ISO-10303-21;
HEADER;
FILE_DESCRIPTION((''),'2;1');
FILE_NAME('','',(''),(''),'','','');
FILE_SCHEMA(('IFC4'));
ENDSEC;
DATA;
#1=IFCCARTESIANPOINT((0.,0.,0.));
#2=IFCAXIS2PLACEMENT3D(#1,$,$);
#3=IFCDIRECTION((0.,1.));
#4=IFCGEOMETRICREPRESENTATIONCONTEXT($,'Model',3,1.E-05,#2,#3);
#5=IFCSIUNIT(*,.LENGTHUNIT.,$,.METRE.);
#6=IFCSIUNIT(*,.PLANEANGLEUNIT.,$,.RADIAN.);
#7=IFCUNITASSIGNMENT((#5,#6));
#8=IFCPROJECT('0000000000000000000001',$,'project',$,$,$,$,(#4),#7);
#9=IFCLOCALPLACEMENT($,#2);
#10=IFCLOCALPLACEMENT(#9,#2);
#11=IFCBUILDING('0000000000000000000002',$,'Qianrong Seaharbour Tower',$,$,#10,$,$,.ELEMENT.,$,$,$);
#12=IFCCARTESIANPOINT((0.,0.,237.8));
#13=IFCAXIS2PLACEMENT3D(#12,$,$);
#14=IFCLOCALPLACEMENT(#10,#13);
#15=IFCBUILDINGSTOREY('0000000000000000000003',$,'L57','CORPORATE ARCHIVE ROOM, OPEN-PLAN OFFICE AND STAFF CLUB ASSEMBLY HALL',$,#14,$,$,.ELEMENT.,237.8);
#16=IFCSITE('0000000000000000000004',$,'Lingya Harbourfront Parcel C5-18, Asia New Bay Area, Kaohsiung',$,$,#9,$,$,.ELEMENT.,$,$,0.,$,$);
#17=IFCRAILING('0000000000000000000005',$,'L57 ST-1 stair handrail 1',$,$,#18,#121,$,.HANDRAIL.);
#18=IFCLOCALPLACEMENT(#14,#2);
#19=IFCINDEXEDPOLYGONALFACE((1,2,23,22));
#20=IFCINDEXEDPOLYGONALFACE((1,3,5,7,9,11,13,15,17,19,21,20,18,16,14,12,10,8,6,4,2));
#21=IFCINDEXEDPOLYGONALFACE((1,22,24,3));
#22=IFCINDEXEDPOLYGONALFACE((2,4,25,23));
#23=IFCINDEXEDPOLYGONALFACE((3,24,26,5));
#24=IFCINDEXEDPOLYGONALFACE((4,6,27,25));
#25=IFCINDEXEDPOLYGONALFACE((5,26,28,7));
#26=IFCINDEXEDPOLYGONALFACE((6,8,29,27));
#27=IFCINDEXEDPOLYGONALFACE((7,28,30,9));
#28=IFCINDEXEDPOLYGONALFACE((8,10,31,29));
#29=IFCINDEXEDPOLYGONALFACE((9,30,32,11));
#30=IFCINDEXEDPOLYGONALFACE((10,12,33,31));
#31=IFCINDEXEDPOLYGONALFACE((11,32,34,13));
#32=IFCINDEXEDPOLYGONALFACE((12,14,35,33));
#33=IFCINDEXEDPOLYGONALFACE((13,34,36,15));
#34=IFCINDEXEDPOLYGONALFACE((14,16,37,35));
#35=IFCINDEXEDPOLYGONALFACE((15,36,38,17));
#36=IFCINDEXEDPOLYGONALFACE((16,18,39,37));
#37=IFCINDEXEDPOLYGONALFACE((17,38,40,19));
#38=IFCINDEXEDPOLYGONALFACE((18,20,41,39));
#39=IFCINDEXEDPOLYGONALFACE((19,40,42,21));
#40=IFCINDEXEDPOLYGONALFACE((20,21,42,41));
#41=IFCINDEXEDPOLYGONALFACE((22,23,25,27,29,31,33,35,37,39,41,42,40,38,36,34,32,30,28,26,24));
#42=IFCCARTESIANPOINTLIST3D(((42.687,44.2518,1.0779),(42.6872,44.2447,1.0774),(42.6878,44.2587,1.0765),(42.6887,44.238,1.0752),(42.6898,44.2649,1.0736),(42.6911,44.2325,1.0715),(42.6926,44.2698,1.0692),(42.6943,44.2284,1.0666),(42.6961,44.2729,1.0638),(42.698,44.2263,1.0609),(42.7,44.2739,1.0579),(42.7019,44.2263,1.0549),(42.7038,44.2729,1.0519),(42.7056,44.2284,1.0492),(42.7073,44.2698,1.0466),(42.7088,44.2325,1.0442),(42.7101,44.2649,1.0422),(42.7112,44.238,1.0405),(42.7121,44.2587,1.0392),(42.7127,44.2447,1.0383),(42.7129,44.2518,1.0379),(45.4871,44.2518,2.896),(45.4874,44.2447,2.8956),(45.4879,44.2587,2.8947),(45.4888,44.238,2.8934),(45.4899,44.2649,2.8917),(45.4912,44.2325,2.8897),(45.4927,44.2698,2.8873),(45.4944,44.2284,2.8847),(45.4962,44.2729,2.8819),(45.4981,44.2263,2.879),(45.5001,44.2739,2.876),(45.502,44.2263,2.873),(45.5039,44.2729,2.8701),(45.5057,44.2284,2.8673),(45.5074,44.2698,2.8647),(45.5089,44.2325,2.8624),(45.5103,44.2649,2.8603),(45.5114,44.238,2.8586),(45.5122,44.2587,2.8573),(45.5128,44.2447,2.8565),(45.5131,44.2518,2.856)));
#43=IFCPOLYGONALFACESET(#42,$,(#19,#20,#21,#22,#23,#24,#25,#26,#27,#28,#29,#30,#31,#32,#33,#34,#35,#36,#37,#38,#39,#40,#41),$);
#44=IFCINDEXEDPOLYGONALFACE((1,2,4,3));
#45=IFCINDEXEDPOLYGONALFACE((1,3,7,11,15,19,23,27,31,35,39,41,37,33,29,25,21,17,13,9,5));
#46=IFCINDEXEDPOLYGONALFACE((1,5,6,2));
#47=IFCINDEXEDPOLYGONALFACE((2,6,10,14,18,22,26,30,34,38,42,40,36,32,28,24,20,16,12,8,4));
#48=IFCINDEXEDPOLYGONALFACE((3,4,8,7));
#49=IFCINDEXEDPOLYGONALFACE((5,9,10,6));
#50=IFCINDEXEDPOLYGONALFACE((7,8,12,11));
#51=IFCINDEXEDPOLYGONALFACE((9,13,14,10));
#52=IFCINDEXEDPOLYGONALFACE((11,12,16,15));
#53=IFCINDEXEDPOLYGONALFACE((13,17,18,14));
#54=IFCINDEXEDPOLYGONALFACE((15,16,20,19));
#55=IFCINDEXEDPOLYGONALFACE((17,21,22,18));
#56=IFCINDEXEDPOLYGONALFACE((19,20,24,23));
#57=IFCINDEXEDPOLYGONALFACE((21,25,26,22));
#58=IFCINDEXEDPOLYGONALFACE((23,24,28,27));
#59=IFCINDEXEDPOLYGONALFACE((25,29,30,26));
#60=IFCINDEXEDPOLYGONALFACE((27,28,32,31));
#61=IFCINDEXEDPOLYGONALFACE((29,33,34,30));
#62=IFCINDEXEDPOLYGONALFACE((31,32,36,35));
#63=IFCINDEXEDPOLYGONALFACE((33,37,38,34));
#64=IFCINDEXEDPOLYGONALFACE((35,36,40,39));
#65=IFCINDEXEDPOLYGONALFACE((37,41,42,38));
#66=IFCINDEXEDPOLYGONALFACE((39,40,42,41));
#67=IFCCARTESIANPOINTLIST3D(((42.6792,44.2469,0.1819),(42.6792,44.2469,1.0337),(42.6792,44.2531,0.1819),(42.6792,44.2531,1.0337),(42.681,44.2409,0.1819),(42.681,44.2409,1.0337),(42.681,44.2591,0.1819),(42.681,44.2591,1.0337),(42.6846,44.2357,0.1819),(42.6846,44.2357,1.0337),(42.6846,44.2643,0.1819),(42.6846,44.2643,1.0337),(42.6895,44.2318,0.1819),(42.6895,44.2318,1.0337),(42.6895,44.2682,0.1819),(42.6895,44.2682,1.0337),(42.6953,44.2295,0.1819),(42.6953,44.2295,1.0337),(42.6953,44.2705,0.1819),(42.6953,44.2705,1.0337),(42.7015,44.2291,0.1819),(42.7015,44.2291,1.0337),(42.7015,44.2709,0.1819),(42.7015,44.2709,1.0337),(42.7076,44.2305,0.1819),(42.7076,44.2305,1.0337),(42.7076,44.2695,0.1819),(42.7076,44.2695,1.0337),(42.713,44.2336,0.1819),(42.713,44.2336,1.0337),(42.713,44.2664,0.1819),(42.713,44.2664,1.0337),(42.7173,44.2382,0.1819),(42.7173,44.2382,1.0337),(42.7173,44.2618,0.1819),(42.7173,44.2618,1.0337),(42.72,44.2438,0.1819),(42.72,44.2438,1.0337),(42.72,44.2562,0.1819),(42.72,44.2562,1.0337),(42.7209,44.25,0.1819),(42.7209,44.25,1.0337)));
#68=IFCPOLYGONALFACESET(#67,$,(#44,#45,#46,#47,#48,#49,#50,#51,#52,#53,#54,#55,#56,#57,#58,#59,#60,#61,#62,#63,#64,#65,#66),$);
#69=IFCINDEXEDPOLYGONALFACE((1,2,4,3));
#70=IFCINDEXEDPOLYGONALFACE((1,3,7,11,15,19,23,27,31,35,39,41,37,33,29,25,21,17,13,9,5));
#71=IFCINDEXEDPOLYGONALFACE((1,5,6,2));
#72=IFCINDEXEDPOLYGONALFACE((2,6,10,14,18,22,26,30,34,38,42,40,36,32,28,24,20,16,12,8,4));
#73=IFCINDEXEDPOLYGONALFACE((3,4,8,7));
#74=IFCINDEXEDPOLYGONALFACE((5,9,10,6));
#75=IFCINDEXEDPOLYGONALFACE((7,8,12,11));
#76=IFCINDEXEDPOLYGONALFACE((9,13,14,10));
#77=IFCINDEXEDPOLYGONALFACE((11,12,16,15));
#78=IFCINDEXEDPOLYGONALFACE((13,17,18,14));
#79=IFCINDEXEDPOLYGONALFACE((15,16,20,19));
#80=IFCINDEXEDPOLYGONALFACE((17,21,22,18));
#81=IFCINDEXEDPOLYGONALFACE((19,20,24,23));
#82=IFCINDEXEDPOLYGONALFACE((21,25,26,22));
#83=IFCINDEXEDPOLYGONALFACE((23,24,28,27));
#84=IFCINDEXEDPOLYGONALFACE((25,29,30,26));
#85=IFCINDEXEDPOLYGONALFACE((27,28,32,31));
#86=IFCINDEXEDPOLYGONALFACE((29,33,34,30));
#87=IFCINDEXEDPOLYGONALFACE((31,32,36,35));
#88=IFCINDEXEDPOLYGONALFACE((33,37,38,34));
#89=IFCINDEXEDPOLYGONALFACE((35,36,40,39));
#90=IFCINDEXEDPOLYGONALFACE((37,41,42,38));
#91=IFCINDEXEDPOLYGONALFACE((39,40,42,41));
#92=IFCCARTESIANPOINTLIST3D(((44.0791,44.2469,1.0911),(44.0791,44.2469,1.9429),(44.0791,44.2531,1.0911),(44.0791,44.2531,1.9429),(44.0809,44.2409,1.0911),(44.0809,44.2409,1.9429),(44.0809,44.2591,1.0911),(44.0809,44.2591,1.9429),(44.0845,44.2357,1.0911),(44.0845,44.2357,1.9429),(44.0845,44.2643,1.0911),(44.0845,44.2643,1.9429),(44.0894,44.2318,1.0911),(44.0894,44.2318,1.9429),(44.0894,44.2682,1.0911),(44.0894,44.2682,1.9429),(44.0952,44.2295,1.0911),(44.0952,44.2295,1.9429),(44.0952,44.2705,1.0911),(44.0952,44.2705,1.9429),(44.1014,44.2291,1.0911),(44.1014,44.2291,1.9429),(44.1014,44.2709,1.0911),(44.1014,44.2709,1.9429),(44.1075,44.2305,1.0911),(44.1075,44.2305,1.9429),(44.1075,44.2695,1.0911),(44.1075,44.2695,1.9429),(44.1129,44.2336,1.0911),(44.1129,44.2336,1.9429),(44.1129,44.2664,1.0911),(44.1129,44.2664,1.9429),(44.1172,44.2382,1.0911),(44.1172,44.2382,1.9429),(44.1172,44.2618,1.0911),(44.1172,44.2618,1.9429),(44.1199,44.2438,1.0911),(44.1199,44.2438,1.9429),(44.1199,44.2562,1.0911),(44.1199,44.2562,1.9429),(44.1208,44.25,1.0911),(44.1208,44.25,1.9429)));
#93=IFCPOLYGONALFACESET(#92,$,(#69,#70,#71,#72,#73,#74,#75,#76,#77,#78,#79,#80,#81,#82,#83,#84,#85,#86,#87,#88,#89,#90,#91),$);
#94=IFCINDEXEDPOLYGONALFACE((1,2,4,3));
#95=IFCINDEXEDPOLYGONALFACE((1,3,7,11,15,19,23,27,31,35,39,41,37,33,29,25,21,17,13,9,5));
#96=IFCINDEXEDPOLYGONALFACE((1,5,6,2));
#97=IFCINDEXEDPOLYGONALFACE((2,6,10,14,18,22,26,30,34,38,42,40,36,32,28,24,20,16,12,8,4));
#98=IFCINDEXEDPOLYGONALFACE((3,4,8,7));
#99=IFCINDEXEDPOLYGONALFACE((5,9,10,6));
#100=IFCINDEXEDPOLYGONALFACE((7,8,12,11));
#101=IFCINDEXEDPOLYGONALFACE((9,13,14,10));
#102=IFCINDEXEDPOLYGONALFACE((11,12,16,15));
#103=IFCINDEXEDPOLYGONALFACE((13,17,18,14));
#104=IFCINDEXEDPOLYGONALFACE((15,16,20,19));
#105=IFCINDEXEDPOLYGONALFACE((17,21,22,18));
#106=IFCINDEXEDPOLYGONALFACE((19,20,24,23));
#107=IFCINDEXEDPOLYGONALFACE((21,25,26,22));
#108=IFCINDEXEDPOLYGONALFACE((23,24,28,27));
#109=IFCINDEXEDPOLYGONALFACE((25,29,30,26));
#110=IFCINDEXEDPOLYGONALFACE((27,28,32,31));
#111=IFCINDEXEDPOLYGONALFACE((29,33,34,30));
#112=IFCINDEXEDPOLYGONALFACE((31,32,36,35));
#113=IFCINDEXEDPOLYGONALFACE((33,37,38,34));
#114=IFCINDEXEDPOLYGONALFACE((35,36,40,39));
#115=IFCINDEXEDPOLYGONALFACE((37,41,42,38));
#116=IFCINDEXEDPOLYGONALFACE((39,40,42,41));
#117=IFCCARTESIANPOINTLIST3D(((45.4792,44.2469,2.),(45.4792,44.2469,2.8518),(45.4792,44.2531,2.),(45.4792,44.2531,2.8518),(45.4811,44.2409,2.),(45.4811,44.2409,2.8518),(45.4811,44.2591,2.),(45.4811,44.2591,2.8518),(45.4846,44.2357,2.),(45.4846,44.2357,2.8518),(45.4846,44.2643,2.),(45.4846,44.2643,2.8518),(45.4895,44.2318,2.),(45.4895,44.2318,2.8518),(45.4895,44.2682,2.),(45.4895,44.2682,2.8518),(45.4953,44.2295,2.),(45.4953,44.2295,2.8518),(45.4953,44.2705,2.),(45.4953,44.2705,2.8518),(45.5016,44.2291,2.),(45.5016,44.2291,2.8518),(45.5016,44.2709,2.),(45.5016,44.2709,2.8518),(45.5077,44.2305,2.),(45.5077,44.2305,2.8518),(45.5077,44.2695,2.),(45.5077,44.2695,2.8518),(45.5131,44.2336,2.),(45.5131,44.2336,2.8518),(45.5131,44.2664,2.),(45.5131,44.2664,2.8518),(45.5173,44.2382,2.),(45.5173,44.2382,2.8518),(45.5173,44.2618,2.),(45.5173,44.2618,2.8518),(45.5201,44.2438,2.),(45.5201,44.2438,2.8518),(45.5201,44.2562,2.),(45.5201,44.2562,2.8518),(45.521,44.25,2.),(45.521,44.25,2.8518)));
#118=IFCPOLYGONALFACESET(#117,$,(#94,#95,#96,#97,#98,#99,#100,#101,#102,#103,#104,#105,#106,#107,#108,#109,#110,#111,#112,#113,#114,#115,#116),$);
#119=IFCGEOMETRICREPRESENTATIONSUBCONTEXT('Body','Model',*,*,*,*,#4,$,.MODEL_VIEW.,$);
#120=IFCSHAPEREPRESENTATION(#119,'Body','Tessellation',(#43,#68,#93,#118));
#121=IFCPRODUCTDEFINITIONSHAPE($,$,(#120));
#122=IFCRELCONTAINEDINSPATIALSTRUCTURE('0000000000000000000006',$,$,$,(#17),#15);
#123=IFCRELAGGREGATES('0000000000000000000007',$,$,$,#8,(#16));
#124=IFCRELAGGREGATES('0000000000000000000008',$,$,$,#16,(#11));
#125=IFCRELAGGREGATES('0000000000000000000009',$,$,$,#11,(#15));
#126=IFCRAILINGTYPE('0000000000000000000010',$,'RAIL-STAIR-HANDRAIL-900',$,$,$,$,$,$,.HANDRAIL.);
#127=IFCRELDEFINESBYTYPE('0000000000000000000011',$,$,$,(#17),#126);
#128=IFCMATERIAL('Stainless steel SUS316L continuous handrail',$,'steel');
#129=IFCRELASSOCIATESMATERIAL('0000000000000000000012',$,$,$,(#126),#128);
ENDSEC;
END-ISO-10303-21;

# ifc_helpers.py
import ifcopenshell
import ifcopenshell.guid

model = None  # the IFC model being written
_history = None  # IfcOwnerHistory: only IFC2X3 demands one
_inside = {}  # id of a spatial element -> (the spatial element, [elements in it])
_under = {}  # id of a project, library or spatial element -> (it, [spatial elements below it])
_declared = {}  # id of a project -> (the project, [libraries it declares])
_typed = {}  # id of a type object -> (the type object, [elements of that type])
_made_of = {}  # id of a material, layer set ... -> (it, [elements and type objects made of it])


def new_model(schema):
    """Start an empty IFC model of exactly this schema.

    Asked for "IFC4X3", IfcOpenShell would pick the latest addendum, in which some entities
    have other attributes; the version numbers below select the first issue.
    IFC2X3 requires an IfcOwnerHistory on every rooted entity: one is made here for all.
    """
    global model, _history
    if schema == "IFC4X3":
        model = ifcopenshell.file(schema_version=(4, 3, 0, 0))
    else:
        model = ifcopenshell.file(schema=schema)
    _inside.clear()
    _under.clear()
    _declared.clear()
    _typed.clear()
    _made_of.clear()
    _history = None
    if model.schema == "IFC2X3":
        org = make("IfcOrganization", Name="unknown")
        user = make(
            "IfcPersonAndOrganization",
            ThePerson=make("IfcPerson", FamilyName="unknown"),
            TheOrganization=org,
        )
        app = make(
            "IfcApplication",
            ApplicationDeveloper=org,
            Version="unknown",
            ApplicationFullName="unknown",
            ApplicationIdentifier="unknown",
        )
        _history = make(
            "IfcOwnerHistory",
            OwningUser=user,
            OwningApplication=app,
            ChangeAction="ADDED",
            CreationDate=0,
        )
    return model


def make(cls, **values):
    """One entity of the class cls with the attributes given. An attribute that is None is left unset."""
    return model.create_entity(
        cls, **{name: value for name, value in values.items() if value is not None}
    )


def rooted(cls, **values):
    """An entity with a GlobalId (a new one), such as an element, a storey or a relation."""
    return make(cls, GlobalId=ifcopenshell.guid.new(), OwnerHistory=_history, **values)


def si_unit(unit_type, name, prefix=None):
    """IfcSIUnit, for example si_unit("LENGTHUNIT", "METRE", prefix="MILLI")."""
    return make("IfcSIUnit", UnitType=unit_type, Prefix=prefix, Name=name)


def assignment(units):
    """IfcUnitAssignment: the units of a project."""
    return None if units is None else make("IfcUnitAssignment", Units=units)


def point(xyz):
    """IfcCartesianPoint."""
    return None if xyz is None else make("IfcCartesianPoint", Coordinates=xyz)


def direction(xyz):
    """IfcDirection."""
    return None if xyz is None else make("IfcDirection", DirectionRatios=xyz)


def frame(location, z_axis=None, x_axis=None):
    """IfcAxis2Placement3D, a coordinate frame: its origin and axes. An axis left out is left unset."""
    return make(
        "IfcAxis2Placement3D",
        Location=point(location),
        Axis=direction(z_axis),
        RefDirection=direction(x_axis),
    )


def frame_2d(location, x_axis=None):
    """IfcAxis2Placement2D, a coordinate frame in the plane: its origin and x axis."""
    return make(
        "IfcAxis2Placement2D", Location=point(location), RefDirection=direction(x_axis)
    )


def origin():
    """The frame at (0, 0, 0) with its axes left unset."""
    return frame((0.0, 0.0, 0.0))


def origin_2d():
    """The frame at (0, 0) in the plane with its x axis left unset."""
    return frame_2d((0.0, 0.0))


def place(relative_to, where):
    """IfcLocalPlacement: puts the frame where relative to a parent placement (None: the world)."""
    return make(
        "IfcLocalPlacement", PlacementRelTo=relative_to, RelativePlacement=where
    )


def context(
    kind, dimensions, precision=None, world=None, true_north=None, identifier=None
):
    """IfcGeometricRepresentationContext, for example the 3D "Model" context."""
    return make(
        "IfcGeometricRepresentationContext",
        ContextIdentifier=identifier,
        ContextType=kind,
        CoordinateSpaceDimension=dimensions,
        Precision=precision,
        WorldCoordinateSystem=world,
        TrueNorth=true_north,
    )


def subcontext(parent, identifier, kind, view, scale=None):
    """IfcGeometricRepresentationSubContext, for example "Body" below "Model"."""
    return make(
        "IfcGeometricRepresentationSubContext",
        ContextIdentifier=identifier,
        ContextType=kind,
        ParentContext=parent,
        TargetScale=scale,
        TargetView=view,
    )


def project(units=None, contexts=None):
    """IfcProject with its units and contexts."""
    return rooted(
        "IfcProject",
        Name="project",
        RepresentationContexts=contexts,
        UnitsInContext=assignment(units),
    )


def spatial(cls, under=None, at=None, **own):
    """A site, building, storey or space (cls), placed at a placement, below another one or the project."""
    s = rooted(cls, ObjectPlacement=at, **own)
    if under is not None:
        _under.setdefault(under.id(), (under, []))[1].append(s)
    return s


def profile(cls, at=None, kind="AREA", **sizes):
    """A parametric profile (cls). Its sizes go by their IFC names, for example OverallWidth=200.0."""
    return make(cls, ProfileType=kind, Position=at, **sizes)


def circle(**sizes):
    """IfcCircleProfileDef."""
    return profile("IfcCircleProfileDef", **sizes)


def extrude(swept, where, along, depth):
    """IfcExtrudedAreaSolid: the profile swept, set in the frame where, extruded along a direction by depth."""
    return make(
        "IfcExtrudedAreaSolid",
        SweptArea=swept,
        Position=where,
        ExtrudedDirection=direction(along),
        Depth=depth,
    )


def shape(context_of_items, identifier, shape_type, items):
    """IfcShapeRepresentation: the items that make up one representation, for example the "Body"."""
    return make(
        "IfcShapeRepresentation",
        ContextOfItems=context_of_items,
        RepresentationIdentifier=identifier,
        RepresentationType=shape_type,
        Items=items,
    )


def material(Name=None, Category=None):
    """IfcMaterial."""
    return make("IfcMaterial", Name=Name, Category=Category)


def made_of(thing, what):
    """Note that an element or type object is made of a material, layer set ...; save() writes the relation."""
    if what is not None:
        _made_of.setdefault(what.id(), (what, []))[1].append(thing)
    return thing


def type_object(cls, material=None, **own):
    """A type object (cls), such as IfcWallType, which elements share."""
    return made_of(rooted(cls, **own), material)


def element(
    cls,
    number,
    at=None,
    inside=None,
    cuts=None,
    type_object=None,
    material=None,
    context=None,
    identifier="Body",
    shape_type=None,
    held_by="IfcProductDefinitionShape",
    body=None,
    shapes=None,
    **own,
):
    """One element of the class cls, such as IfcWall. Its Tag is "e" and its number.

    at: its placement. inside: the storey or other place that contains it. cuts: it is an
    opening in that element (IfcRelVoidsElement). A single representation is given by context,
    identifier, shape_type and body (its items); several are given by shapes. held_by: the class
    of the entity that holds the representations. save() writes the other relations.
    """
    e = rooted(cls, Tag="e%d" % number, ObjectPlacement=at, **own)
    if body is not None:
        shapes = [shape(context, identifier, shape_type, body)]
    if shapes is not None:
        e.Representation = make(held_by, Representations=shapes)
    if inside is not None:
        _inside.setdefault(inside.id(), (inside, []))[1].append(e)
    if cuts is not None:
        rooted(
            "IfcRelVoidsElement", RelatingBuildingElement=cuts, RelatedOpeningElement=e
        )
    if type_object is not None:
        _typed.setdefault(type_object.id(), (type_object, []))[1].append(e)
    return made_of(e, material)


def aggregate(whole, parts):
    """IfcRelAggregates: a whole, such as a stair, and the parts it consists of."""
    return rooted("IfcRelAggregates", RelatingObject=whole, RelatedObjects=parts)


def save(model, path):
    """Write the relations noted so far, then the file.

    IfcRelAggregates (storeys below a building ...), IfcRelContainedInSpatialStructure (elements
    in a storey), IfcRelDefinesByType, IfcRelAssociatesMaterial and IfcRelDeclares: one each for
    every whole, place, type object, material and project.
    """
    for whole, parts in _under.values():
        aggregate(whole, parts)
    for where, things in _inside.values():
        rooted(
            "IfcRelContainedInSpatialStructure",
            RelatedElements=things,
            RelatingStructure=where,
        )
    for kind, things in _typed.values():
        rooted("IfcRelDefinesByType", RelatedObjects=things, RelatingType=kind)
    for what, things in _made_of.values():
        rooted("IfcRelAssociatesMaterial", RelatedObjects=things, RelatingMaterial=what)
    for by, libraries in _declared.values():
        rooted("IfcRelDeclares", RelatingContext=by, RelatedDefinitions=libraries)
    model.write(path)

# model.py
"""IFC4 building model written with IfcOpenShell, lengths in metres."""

from ifc_helpers import new_model, si_unit, direction, frame, origin, origin_2d, place, context, subcontext, project, spatial, circle, extrude, material, type_object, element, save


model = new_model("IFC4")

# Units and contexts
model_context = context("Model", 3, precision=1e-05, world=origin(), true_north=direction((0.0, 1.0)))
body_context = subcontext(model_context, "Body", "Model", "MODEL_VIEW")
ifc_project = project(units=[si_unit("LENGTHUNIT", "METRE"), si_unit("PLANEANGLEUNIT", "RADIAN")], contexts=[model_context])

# Site, building, storey
site_placement = place(None, origin())
site = spatial("IfcSite", under=ifc_project, at=site_placement, Name="Lingya Harbourfront Parcel C5-18, Asia New Bay Area, Kaohsiung", CompositionType="ELEMENT", RefElevation=0.0)
building_placement = place(site_placement, origin())
building = spatial("IfcBuilding", under=site, at=building_placement, Name="Qianrong Seaharbour Tower", CompositionType="ELEMENT")
storey_placement = place(building_placement, frame((0.0, 0.0, 237.8)))
storey = spatial("IfcBuildingStorey", under=building, at=storey_placement, Name="L57", Description="CORPORATE ARCHIVE ROOM, OPEN-PLAN OFFICE AND STAFF CLUB ASSEMBLY HALL", CompositionType="ELEMENT", Elevation=237.8)

# Railing
ifc_material_1 = material(Name="Stainless steel SUS316L continuous handrail", Category="steel")
railing_type_1 = type_object("IfcRailingType", Name="RAIL-STAIR-HANDRAIL-900", PredefinedType="HANDRAIL", material=ifc_material_1)
railing_1_placement = place(storey_placement, frame((42.7, 44.25, 0.1819)))
element("IfcRailing", 1, at=railing_1_placement, inside=storey, type_object=railing_type_1, Name="L57 ST-1 stair handrail 1", PredefinedType="HANDRAIL", context=body_context, shape_type="SweptSolid", body=[
    extrude(circle(Radius=0.0239, at=origin_2d()), frame((0.0, 0.0, 0.876), z_axis=(0.838706, 0.0, 0.544585), x_axis=(0.0, 1.0, 0.0)), (0.0, 0.0, 1.0), 3.3386),
    extrude(circle(Radius=0.021, at=origin_2d()), origin(), (0.0, 0.0, 1.0), 0.8518),
    extrude(circle(Radius=0.021, at=origin_2d()), frame((1.3999, 0.0, 0.9092)), (0.0, 0.0, 1.0), 0.8518),
    extrude(circle(Radius=0.021, at=origin_2d()), frame((2.8, 0.0, 1.8181)), (0.0, 0.0, 1.0), 0.8518),
])

save(model, "model.ifc")
